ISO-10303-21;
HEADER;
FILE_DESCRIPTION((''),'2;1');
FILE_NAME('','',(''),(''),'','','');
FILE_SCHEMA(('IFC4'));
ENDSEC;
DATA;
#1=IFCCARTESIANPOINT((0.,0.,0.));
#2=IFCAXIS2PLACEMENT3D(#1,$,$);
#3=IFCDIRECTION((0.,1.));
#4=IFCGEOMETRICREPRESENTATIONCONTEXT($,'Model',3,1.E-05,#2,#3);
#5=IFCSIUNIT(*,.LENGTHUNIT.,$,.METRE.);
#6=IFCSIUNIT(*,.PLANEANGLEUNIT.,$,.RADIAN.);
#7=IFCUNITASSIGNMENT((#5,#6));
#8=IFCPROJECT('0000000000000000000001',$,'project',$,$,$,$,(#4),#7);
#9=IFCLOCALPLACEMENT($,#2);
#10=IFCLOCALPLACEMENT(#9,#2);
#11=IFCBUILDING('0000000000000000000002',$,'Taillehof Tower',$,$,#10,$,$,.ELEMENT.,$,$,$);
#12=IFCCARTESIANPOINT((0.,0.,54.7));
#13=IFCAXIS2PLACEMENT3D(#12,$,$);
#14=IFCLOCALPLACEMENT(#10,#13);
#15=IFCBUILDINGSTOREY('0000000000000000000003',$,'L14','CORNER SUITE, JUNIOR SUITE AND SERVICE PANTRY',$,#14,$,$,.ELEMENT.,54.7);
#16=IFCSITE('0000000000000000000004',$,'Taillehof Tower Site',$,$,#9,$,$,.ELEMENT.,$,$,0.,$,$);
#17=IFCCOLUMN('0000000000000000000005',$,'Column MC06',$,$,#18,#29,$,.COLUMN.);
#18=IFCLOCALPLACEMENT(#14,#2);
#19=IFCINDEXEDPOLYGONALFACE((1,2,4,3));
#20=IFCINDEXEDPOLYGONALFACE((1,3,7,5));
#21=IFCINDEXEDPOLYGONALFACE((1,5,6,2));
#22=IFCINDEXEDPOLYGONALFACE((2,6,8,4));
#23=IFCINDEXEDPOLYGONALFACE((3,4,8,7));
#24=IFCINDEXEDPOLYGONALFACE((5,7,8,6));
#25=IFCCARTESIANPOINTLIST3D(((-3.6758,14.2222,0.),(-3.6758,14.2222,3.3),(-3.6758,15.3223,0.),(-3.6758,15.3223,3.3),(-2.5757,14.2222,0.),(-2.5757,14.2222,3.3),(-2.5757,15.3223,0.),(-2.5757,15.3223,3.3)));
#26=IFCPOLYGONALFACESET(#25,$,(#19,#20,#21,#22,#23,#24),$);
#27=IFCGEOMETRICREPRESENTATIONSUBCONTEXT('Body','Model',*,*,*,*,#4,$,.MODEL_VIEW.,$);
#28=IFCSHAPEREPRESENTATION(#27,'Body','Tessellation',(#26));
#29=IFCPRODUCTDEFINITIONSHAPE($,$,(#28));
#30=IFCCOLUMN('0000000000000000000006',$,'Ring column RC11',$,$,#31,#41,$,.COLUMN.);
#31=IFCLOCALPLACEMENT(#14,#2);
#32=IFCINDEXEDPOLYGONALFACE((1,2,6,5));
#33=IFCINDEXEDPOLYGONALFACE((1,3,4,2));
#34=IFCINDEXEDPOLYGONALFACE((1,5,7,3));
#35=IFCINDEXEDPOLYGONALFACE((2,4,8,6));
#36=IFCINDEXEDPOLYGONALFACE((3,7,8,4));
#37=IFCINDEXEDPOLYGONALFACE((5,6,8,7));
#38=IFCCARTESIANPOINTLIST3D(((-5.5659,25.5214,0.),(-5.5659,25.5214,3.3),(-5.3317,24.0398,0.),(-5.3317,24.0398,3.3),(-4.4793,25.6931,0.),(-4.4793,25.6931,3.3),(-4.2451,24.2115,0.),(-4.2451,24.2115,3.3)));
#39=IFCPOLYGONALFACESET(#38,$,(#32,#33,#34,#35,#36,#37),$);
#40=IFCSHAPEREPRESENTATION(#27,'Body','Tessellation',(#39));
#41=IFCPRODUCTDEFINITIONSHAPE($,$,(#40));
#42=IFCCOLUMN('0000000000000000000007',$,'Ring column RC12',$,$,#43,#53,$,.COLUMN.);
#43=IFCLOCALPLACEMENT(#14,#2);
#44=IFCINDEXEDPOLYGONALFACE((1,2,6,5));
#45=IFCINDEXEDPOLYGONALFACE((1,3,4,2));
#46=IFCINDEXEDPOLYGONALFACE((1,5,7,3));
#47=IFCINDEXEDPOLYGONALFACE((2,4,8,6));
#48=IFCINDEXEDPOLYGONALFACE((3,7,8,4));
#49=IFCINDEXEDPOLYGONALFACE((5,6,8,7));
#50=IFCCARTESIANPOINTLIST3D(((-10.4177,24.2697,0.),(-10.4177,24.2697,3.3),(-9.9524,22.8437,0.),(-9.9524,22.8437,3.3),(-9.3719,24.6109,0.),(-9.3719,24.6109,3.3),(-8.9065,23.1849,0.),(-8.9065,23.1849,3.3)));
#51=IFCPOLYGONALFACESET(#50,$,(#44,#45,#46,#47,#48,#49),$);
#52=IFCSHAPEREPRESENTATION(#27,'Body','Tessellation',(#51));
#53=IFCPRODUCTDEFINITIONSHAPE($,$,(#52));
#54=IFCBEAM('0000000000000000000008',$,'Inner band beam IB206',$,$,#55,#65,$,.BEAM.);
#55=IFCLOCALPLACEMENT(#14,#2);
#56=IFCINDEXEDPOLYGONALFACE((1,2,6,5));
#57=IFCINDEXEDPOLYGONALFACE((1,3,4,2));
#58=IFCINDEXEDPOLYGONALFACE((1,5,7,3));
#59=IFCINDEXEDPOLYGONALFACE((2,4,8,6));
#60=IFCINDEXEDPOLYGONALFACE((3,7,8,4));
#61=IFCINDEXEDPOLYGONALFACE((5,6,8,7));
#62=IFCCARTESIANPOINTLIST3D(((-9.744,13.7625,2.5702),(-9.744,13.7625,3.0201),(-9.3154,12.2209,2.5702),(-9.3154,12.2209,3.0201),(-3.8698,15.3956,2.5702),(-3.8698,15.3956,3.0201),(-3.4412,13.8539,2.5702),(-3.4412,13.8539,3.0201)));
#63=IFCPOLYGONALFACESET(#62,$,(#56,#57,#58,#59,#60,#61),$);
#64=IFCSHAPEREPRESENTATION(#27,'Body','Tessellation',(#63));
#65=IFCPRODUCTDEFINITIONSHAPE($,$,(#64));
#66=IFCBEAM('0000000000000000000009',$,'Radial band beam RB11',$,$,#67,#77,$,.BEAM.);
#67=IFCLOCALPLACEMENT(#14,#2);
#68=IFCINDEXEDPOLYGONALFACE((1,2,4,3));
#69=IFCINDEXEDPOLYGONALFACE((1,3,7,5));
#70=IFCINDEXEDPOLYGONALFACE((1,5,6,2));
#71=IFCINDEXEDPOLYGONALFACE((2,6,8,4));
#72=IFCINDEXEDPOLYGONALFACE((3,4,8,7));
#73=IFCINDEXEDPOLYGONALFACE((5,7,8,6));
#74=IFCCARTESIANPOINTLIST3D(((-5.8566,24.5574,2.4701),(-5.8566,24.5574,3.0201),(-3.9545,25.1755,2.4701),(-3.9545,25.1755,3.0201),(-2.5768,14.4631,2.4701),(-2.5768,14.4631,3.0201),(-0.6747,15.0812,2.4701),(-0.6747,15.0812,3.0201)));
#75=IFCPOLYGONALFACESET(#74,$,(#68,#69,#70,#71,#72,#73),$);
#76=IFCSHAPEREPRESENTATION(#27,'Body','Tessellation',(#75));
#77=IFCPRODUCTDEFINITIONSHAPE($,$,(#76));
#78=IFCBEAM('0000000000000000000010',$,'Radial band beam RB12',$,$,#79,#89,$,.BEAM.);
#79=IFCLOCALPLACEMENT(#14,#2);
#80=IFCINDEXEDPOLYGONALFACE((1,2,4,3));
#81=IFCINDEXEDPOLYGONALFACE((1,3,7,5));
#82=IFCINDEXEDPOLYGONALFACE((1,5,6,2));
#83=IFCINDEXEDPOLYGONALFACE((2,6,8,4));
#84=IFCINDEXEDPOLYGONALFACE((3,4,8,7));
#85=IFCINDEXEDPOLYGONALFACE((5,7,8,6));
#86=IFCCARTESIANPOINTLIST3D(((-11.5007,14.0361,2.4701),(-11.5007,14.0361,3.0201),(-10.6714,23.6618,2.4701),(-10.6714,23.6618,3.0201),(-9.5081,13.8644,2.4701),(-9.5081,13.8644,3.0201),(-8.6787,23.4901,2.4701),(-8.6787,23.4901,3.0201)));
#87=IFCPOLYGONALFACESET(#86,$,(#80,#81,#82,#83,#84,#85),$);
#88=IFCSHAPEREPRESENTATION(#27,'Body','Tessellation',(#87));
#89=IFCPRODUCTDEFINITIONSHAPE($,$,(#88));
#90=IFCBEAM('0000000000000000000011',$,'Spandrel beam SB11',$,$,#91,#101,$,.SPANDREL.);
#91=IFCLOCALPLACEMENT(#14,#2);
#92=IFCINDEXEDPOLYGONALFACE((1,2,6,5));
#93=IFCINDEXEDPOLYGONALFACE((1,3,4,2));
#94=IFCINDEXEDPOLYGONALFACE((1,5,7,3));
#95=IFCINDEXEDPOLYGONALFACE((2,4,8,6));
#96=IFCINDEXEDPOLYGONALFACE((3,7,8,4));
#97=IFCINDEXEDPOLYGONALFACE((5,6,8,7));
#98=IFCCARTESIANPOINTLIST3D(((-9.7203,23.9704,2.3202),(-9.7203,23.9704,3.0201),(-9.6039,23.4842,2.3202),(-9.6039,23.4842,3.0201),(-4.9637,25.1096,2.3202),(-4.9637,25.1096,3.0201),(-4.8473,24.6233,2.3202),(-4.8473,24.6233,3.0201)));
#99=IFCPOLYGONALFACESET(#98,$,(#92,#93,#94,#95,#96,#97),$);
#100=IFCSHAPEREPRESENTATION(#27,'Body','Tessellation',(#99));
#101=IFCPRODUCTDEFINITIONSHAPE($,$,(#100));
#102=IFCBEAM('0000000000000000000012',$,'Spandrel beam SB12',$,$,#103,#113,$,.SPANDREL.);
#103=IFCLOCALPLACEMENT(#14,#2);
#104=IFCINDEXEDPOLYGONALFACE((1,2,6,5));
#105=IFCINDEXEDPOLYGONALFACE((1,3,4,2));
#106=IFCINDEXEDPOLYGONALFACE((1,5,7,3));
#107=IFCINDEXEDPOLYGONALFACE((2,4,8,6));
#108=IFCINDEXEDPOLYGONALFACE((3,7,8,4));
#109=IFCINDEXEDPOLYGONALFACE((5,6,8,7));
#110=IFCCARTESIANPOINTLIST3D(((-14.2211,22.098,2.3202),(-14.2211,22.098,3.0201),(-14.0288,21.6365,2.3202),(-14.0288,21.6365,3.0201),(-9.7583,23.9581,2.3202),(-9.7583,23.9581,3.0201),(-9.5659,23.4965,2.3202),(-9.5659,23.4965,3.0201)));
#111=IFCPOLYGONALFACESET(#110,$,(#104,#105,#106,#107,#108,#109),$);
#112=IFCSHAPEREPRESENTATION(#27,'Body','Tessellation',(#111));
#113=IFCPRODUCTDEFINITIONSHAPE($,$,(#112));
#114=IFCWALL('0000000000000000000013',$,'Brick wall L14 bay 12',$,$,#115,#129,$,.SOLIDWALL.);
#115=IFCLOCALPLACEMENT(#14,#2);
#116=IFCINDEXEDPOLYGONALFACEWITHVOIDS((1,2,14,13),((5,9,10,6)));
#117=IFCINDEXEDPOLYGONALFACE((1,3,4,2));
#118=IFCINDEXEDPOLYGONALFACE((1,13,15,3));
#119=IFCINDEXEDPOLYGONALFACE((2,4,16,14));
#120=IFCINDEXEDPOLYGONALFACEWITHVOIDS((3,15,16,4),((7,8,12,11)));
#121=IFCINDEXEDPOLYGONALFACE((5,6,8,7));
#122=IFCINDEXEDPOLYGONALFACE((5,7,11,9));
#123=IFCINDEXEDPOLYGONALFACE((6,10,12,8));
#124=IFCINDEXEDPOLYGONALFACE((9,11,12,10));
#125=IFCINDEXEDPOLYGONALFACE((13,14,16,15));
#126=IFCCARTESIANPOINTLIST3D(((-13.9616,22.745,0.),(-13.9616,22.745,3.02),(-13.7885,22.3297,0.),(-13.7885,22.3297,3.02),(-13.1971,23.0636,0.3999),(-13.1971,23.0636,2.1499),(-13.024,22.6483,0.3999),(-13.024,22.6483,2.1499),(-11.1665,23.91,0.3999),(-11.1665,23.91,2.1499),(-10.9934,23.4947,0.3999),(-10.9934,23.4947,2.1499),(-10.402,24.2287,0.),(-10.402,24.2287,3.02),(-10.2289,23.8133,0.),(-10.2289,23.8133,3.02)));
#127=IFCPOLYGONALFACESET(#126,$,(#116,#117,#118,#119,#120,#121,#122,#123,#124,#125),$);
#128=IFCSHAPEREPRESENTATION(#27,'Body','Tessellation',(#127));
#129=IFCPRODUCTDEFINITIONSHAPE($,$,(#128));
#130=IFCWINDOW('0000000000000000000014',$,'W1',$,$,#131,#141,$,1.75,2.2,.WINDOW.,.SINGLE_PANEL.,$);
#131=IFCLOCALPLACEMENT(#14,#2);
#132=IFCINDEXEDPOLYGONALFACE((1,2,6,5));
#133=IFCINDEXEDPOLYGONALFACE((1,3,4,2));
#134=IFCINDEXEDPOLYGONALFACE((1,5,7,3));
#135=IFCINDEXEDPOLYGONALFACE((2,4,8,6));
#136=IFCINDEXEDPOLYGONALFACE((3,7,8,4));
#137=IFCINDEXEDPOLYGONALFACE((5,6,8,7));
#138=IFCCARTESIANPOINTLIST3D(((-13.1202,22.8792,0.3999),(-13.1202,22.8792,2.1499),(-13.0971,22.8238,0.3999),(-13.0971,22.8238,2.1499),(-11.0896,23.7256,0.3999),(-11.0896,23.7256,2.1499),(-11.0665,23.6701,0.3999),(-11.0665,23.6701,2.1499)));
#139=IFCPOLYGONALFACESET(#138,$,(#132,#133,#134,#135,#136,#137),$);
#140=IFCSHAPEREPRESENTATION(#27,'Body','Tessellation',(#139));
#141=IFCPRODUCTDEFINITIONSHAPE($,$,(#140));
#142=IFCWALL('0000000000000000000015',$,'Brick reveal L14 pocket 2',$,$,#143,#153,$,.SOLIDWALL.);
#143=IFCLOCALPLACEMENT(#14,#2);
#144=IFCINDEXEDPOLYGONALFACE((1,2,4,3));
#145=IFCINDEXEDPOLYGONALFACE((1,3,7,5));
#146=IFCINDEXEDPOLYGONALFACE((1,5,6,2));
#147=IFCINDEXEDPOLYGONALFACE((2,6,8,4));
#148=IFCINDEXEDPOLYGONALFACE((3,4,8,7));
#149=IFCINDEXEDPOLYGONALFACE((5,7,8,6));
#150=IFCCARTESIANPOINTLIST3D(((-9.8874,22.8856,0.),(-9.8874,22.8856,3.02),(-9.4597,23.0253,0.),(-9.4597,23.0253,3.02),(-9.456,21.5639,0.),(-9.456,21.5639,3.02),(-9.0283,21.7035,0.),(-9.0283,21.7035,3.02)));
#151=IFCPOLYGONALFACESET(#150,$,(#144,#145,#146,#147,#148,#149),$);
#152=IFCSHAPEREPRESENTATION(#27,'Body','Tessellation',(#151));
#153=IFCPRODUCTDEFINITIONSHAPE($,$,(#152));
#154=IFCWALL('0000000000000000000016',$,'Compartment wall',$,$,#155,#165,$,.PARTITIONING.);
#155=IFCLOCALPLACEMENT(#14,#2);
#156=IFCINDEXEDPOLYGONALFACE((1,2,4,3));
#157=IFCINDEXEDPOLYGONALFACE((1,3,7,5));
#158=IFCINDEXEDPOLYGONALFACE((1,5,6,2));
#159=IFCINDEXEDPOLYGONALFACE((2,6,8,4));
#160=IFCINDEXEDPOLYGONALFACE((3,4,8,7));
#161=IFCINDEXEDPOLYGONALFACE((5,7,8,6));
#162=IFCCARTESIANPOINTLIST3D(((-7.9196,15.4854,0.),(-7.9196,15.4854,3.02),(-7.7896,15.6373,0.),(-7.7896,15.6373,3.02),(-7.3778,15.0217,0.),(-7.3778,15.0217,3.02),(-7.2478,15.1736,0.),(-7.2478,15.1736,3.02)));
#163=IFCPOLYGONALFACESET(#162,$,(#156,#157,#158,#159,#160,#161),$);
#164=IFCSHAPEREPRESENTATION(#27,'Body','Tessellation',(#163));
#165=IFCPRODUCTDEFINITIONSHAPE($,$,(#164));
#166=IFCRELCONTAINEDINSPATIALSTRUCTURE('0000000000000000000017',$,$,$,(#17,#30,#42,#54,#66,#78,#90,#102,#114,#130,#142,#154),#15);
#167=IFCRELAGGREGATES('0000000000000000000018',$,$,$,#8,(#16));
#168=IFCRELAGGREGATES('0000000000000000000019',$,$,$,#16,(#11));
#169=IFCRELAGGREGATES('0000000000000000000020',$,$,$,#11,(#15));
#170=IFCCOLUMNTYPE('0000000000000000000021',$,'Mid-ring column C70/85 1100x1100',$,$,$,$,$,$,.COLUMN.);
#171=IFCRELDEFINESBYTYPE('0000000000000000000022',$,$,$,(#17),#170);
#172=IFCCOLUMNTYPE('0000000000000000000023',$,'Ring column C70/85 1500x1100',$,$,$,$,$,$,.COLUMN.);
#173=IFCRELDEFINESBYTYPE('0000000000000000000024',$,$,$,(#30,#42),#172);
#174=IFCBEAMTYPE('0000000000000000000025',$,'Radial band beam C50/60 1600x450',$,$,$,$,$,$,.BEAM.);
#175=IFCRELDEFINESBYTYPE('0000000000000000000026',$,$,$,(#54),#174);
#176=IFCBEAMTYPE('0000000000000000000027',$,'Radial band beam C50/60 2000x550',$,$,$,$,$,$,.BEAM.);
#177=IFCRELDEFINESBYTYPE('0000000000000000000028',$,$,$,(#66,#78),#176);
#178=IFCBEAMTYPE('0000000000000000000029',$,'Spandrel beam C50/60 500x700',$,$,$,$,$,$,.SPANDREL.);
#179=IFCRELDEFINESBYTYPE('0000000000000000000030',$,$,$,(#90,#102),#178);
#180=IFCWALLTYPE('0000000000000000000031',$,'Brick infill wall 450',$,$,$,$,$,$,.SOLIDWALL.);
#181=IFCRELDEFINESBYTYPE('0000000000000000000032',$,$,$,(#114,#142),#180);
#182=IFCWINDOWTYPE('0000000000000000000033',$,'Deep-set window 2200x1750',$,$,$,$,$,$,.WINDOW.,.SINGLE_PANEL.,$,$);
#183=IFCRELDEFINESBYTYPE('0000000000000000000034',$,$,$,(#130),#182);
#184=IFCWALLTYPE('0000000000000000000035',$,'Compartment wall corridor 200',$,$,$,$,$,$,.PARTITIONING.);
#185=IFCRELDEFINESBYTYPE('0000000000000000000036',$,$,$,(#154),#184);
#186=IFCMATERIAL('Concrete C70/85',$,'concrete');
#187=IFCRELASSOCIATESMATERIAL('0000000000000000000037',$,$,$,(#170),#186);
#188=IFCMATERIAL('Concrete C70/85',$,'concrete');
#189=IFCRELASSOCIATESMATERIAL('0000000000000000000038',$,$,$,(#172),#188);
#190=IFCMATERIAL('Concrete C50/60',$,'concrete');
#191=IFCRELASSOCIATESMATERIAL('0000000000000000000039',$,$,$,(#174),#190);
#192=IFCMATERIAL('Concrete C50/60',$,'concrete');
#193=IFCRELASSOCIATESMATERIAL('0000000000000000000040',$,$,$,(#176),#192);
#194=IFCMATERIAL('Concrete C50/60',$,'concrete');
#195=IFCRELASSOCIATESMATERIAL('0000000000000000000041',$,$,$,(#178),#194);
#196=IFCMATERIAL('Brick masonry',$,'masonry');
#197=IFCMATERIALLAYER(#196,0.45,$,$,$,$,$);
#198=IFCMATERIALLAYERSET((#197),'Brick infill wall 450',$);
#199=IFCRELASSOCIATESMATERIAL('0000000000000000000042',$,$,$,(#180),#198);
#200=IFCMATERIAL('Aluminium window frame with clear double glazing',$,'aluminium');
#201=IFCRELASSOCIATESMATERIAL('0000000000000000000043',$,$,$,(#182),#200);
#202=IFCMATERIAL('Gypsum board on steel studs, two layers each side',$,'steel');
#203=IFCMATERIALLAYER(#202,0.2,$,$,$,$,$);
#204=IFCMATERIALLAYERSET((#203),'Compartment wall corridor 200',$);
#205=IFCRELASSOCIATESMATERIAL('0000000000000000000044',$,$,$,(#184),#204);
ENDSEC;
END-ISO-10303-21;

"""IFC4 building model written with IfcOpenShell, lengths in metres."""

from ifc_helpers import new_model, si_unit, direction, frame, frame_2d, origin, origin_2d, place, context, subcontext, project, spatial, rectangle, extrude, material, layer, layer_set, material_profile, profile_set, type_object, element, fill, save


model = new_model("IFC4")

# Units and contexts
model_context = context("Model", 3, precision=1e-05, world=origin(), true_north=direction((0.0, 1.0)))
body_context = subcontext(model_context, "Body", "Model", "MODEL_VIEW")
ifc_project = project(units=[si_unit("LENGTHUNIT", "METRE"), si_unit("PLANEANGLEUNIT", "RADIAN")], contexts=[model_context])

# Site, building, storey
site_placement = place(None, origin())
site = spatial("IfcSite", under=ifc_project, at=site_placement, Name="Taillehof Tower Site", CompositionType="ELEMENT", RefElevation=0.0)
building_placement = place(site_placement, origin())
building = spatial("IfcBuilding", under=site, at=building_placement, Name="Taillehof Tower", CompositionType="ELEMENT")
storey_placement = place(building_placement, frame((0.0, 0.0, 54.7)))
storey = spatial("IfcBuildingStorey", under=building, at=storey_placement, Name="L14", Description="CORNER SUITE, JUNIOR SUITE AND SERVICE PANTRY", CompositionType="ELEMENT", Elevation=54.7)

# Columns
ifc_material_1 = material(Name="Concrete C70/85", Category="concrete")
ifc_material_profile_1 = material_profile(ifc_material_1, rectangle(XDim=1.1001, YDim=1.1001, at=origin_2d()), Name="RC 1100x1100")
ifc_profile_set_1 = profile_set([ifc_material_profile_1], Name="Concrete C70/85")
column_type_1 = type_object("IfcColumnType", Name="Mid-ring column C70/85 1100x1100", PredefinedType="COLUMN", material=ifc_profile_set_1)
column_placement = place(storey_placement, frame((-3.1257, 14.7722, 0.0), z_axis=(0.0, 0.0, 1.0), x_axis=(1.0, 0.0, 0.0)))
element("IfcColumn", 1, at=column_placement, inside=storey, type_object=column_type_1, Name="Column MC06", PredefinedType="COLUMN", context=body_context, shape_type="SweptSolid", body=[
    extrude(rectangle(XDim=1.1001, YDim=1.1001, at=origin_2d()), origin(), (0.0, 0.0, 1.0), 3.3),
])
ifc_material_2 = material(Name="Concrete C70/85", Category="concrete")
ifc_material_profile_2 = material_profile(ifc_material_2, rectangle(XDim=1.5, YDim=1.1001, at=origin_2d()), Name="RC 1500x1100")
ifc_profile_set_2 = profile_set([ifc_material_profile_2], Name="Concrete C70/85")
column_type_2 = type_object("IfcColumnType", Name="Ring column C70/85 1500x1100", PredefinedType="COLUMN", material=ifc_profile_set_2)
for number, where, z_axis, x_axis, name in (
    (2, (-4.9055, 24.8665, 0.0), (0.0, 0.0, 1.0), (-0.156147, 0.987734, 0.0), "Ring column RC11"),
    (3, (-9.6621, 23.7273, 0.0), (0.0, 0.0, 1.0), (-0.310219, 0.950665, 0.0), "Ring column RC12"),
):
    element("IfcColumn", number, at=place(storey_placement, frame(where, z_axis=z_axis, x_axis=x_axis)), inside=storey, type_object=column_type_2, Name=name, PredefinedType="COLUMN", context=body_context, shape_type="SweptSolid", body=[
        extrude(rectangle(XDim=1.5, YDim=1.1001, at=origin_2d()), origin(), (0.0, 0.0, 1.0), 3.3),
    ])

# Beams
ifc_material_3 = material(Name="Concrete C50/60", Category="concrete")
ifc_material_profile_3 = material_profile(ifc_material_3, rectangle(XDim=1.6001, YDim=0.45, at=origin_2d()), Name="RC 1600x450")
ifc_profile_set_3 = profile_set([ifc_material_profile_3], Name="Concrete C50/60")
beam_type_1 = type_object("IfcBeamType", Name="Radial band beam C50/60 1600x450", PredefinedType="BEAM", material=ifc_profile_set_3)
beam_1_placement = place(storey_placement, frame((-3.6555, 14.6248, 2.7952), z_axis=(-0.963459, -0.267855, 0.0), x_axis=(0.267855, -0.963459, 0.0)))
element("IfcBeam", 4, at=beam_1_placement, inside=storey, type_object=beam_type_1, Name="Inner band beam IB206", PredefinedType="BEAM", context=body_context, shape_type="SweptSolid", body=[
    extrude(rectangle(XDim=1.6001, YDim=0.45, at=origin_2d()), origin(), (0.0, 0.0, 1.0), 6.0969),
])
ifc_material_4 = material(Name="Concrete C50/60", Category="concrete")
ifc_material_profile_4 = material_profile(ifc_material_4, rectangle(XDim=2.0, YDim=0.55, at=origin_2d()), Name="RC 2000x550")
ifc_profile_set_4 = profile_set([ifc_material_profile_4], Name="Concrete C50/60")
beam_type_2 = type_object("IfcBeamType", Name="Radial band beam C50/60 2000x550", PredefinedType="BEAM", material=ifc_profile_set_4)
beam_2_placement = place(storey_placement, frame((-4.9055, 24.8665, 2.7451), z_axis=(0.309014, -0.951057, 0.0), x_axis=(0.951057, 0.309014, 0.0)))
element("IfcBeam", 5, at=beam_2_placement, inside=storey, type_object=beam_type_2, Name="Radial band beam RB11", PredefinedType="BEAM", context=body_context, shape_type="SweptSolid", body=[
    extrude(rectangle(XDim=2.0, YDim=0.55, at=origin_2d()), origin(), (0.0, 0.0, 1.0), 10.6138),
])
beam_3_placement = place(storey_placement, frame((-9.675, 23.5759, 2.7451), z_axis=(-0.085841, -0.996309, 0.0), x_axis=(0.996309, -0.085841, 0.0)))
element("IfcBeam", 6, at=beam_3_placement, inside=storey, type_object=beam_type_2, Name="Radial band beam RB12", PredefinedType="BEAM", context=body_context, shape_type="SweptSolid", body=[
    extrude(rectangle(XDim=2.0, YDim=0.55, at=origin_2d()), origin(), (0.0, 0.0, 1.0), 9.6614),
])
ifc_material_5 = material(Name="Concrete C50/60", Category="concrete")
ifc_material_profile_5 = material_profile(ifc_material_5, rectangle(XDim=0.5, YDim=0.7, at=origin_2d()), Name="RC 500x700")
ifc_profile_set_5 = profile_set([ifc_material_profile_5], Name="Concrete C50/60")
beam_type_3 = type_object("IfcBeamType", Name="Spandrel beam C50/60 500x700", PredefinedType="SPANDREL", material=ifc_profile_set_5)
beam_4_placement = place(storey_placement, frame((-4.9055, 24.8665, 2.6702), z_axis=(-0.9725, -0.232905, 0.0), x_axis=(0.232905, -0.9725, 0.0)))
element("IfcBeam", 7, at=beam_4_placement, inside=storey, type_object=beam_type_3, Name="Spandrel beam SB11", PredefinedType="SPANDREL", context=body_context, shape_type="SweptSolid", body=[
    extrude(rectangle(XDim=0.5, YDim=0.7, at=origin_2d()), origin(), (0.0, 0.0, 1.0), 4.8911),
])
beam_5_placement = place(storey_placement, frame((-9.6621, 23.7273, 2.6702), z_axis=(-0.923035, -0.384716, 0.0), x_axis=(0.384716, -0.923035, 0.0)))
element("IfcBeam", 8, at=beam_5_placement, inside=storey, type_object=beam_type_3, Name="Spandrel beam SB12", PredefinedType="SPANDREL", context=body_context, shape_type="SweptSolid", body=[
    extrude(rectangle(XDim=0.5, YDim=0.7, at=origin_2d()), origin(), (0.0, 0.0, 1.0), 4.835),
])

# Wall, opening, window
ifc_material_6 = material(Name="Brick masonry", Category="masonry")
ifc_layer_1 = layer(ifc_material_6, 0.45)
ifc_layer_set_1 = layer_set([ifc_layer_1], Name="Brick infill wall 450")
wall_type_1 = type_object("IfcWallType", Name="Brick infill wall 450", PredefinedType="SOLIDWALL", material=ifc_layer_set_1)
wall_1_placement = place(storey_placement, frame((-10.3154, 24.021, 0.0), z_axis=(0.0, 0.0, 1.0), x_axis=(-0.923032, -0.384723, 0.0)))
wall_1 = element("IfcWall", 9, at=wall_1_placement, inside=storey, type_object=wall_type_1, Name="Brick wall L14 bay 12", PredefinedType="SOLIDWALL", context=body_context, shape_type="SweptSolid", body=[
    extrude(rectangle(XDim=3.8564, YDim=0.45, at=frame_2d((1.9282, 0.0))), origin(), (0.0, 0.0, 1.0), 3.02),
])
opening_1_placement = place(wall_1_placement, frame((0.8281, 0.0, 0.3999)))
opening_1 = element("IfcOpeningElement", 10, at=opening_1_placement, cuts=wall_1, PredefinedType="OPENING", context=body_context, shape_type="SweptSolid", body=[
    extrude(rectangle(XDim=2.2, YDim=1.75, at=frame_2d((1.1001, 0.875))), frame((0.0, 0.2349, 0.0), z_axis=(0.0, -1.0, 0.0), x_axis=(1.0, 0.0, 0.0)), (0.0, 0.0, 1.0), 0.47),
])
ifc_material_7 = material(Name="Aluminium window frame with clear double glazing", Category="aluminium")
window_type_1 = type_object("IfcWindowType", Name="Deep-set window 2200x1750", PartitioningType="SINGLE_PANEL", PredefinedType="WINDOW", material=ifc_material_7)
window_1_placement = place(opening_1_placement, origin())
window_1 = element("IfcWindow", 11, at=window_1_placement, inside=storey, type_object=window_type_1, Name="W1", OverallHeight=1.75, OverallWidth=2.2, PartitioningType="SINGLE_PANEL", PredefinedType="WINDOW", context=body_context, shape_type="SweptSolid", body=[
    extrude(rectangle(XDim=2.2, YDim=1.75, at=frame_2d((1.1001, 0.875))), frame((0.0, 0.0349, 0.0), z_axis=(0.0, -1.0, 0.0), x_axis=(1.0, 0.0, 0.0)), (0.0, 0.0, 1.0), 0.0601),
])
fill(opening_1, window_1)

# Wall
wall_2_placement = place(storey_placement, frame((-9.6736, 22.9556, 0.0), z_axis=(0.0, 0.0, 1.0), x_axis=(0.310269, -0.950649, 0.0)))
element("IfcWall", 12, at=wall_2_placement, inside=storey, type_object=wall_type_1, Name="Brick reveal L14 pocket 2", PredefinedType="SOLIDWALL", context=body_context, shape_type="SweptSolid", body=[
    extrude(rectangle(XDim=1.3904, YDim=0.45, at=frame_2d((0.6953, 0.0))), origin(), (0.0, 0.0, 1.0), 3.02),
])

# Wall
ifc_material_8 = material(Name="Gypsum board on steel studs, two layers each side", Category="steel")
ifc_layer_2 = layer(ifc_material_8, 0.2)
ifc_layer_set_2 = layer_set([ifc_layer_2], Name="Compartment wall corridor 200")
wall_type_2 = type_object("IfcWallType", Name="Compartment wall corridor 200", PredefinedType="PARTITIONING", material=ifc_layer_set_2)
wall_3_placement = place(storey_placement, frame((-7.8545, 15.5613, 0.0), z_axis=(0.0, 0.0, 1.0), x_axis=(0.759764, -0.650199, 0.0)))
element("IfcWall", 13, at=wall_3_placement, inside=storey, type_object=wall_type_2, Name="Compartment wall", PredefinedType="PARTITIONING", context=body_context, shape_type="SweptSolid", body=[
    extrude(rectangle(XDim=0.7131, YDim=0.2, at=frame_2d((0.3564, 0.0))), origin(), (0.0, 0.0, 1.0), 3.02),
])

save(model, "model.ifc")
